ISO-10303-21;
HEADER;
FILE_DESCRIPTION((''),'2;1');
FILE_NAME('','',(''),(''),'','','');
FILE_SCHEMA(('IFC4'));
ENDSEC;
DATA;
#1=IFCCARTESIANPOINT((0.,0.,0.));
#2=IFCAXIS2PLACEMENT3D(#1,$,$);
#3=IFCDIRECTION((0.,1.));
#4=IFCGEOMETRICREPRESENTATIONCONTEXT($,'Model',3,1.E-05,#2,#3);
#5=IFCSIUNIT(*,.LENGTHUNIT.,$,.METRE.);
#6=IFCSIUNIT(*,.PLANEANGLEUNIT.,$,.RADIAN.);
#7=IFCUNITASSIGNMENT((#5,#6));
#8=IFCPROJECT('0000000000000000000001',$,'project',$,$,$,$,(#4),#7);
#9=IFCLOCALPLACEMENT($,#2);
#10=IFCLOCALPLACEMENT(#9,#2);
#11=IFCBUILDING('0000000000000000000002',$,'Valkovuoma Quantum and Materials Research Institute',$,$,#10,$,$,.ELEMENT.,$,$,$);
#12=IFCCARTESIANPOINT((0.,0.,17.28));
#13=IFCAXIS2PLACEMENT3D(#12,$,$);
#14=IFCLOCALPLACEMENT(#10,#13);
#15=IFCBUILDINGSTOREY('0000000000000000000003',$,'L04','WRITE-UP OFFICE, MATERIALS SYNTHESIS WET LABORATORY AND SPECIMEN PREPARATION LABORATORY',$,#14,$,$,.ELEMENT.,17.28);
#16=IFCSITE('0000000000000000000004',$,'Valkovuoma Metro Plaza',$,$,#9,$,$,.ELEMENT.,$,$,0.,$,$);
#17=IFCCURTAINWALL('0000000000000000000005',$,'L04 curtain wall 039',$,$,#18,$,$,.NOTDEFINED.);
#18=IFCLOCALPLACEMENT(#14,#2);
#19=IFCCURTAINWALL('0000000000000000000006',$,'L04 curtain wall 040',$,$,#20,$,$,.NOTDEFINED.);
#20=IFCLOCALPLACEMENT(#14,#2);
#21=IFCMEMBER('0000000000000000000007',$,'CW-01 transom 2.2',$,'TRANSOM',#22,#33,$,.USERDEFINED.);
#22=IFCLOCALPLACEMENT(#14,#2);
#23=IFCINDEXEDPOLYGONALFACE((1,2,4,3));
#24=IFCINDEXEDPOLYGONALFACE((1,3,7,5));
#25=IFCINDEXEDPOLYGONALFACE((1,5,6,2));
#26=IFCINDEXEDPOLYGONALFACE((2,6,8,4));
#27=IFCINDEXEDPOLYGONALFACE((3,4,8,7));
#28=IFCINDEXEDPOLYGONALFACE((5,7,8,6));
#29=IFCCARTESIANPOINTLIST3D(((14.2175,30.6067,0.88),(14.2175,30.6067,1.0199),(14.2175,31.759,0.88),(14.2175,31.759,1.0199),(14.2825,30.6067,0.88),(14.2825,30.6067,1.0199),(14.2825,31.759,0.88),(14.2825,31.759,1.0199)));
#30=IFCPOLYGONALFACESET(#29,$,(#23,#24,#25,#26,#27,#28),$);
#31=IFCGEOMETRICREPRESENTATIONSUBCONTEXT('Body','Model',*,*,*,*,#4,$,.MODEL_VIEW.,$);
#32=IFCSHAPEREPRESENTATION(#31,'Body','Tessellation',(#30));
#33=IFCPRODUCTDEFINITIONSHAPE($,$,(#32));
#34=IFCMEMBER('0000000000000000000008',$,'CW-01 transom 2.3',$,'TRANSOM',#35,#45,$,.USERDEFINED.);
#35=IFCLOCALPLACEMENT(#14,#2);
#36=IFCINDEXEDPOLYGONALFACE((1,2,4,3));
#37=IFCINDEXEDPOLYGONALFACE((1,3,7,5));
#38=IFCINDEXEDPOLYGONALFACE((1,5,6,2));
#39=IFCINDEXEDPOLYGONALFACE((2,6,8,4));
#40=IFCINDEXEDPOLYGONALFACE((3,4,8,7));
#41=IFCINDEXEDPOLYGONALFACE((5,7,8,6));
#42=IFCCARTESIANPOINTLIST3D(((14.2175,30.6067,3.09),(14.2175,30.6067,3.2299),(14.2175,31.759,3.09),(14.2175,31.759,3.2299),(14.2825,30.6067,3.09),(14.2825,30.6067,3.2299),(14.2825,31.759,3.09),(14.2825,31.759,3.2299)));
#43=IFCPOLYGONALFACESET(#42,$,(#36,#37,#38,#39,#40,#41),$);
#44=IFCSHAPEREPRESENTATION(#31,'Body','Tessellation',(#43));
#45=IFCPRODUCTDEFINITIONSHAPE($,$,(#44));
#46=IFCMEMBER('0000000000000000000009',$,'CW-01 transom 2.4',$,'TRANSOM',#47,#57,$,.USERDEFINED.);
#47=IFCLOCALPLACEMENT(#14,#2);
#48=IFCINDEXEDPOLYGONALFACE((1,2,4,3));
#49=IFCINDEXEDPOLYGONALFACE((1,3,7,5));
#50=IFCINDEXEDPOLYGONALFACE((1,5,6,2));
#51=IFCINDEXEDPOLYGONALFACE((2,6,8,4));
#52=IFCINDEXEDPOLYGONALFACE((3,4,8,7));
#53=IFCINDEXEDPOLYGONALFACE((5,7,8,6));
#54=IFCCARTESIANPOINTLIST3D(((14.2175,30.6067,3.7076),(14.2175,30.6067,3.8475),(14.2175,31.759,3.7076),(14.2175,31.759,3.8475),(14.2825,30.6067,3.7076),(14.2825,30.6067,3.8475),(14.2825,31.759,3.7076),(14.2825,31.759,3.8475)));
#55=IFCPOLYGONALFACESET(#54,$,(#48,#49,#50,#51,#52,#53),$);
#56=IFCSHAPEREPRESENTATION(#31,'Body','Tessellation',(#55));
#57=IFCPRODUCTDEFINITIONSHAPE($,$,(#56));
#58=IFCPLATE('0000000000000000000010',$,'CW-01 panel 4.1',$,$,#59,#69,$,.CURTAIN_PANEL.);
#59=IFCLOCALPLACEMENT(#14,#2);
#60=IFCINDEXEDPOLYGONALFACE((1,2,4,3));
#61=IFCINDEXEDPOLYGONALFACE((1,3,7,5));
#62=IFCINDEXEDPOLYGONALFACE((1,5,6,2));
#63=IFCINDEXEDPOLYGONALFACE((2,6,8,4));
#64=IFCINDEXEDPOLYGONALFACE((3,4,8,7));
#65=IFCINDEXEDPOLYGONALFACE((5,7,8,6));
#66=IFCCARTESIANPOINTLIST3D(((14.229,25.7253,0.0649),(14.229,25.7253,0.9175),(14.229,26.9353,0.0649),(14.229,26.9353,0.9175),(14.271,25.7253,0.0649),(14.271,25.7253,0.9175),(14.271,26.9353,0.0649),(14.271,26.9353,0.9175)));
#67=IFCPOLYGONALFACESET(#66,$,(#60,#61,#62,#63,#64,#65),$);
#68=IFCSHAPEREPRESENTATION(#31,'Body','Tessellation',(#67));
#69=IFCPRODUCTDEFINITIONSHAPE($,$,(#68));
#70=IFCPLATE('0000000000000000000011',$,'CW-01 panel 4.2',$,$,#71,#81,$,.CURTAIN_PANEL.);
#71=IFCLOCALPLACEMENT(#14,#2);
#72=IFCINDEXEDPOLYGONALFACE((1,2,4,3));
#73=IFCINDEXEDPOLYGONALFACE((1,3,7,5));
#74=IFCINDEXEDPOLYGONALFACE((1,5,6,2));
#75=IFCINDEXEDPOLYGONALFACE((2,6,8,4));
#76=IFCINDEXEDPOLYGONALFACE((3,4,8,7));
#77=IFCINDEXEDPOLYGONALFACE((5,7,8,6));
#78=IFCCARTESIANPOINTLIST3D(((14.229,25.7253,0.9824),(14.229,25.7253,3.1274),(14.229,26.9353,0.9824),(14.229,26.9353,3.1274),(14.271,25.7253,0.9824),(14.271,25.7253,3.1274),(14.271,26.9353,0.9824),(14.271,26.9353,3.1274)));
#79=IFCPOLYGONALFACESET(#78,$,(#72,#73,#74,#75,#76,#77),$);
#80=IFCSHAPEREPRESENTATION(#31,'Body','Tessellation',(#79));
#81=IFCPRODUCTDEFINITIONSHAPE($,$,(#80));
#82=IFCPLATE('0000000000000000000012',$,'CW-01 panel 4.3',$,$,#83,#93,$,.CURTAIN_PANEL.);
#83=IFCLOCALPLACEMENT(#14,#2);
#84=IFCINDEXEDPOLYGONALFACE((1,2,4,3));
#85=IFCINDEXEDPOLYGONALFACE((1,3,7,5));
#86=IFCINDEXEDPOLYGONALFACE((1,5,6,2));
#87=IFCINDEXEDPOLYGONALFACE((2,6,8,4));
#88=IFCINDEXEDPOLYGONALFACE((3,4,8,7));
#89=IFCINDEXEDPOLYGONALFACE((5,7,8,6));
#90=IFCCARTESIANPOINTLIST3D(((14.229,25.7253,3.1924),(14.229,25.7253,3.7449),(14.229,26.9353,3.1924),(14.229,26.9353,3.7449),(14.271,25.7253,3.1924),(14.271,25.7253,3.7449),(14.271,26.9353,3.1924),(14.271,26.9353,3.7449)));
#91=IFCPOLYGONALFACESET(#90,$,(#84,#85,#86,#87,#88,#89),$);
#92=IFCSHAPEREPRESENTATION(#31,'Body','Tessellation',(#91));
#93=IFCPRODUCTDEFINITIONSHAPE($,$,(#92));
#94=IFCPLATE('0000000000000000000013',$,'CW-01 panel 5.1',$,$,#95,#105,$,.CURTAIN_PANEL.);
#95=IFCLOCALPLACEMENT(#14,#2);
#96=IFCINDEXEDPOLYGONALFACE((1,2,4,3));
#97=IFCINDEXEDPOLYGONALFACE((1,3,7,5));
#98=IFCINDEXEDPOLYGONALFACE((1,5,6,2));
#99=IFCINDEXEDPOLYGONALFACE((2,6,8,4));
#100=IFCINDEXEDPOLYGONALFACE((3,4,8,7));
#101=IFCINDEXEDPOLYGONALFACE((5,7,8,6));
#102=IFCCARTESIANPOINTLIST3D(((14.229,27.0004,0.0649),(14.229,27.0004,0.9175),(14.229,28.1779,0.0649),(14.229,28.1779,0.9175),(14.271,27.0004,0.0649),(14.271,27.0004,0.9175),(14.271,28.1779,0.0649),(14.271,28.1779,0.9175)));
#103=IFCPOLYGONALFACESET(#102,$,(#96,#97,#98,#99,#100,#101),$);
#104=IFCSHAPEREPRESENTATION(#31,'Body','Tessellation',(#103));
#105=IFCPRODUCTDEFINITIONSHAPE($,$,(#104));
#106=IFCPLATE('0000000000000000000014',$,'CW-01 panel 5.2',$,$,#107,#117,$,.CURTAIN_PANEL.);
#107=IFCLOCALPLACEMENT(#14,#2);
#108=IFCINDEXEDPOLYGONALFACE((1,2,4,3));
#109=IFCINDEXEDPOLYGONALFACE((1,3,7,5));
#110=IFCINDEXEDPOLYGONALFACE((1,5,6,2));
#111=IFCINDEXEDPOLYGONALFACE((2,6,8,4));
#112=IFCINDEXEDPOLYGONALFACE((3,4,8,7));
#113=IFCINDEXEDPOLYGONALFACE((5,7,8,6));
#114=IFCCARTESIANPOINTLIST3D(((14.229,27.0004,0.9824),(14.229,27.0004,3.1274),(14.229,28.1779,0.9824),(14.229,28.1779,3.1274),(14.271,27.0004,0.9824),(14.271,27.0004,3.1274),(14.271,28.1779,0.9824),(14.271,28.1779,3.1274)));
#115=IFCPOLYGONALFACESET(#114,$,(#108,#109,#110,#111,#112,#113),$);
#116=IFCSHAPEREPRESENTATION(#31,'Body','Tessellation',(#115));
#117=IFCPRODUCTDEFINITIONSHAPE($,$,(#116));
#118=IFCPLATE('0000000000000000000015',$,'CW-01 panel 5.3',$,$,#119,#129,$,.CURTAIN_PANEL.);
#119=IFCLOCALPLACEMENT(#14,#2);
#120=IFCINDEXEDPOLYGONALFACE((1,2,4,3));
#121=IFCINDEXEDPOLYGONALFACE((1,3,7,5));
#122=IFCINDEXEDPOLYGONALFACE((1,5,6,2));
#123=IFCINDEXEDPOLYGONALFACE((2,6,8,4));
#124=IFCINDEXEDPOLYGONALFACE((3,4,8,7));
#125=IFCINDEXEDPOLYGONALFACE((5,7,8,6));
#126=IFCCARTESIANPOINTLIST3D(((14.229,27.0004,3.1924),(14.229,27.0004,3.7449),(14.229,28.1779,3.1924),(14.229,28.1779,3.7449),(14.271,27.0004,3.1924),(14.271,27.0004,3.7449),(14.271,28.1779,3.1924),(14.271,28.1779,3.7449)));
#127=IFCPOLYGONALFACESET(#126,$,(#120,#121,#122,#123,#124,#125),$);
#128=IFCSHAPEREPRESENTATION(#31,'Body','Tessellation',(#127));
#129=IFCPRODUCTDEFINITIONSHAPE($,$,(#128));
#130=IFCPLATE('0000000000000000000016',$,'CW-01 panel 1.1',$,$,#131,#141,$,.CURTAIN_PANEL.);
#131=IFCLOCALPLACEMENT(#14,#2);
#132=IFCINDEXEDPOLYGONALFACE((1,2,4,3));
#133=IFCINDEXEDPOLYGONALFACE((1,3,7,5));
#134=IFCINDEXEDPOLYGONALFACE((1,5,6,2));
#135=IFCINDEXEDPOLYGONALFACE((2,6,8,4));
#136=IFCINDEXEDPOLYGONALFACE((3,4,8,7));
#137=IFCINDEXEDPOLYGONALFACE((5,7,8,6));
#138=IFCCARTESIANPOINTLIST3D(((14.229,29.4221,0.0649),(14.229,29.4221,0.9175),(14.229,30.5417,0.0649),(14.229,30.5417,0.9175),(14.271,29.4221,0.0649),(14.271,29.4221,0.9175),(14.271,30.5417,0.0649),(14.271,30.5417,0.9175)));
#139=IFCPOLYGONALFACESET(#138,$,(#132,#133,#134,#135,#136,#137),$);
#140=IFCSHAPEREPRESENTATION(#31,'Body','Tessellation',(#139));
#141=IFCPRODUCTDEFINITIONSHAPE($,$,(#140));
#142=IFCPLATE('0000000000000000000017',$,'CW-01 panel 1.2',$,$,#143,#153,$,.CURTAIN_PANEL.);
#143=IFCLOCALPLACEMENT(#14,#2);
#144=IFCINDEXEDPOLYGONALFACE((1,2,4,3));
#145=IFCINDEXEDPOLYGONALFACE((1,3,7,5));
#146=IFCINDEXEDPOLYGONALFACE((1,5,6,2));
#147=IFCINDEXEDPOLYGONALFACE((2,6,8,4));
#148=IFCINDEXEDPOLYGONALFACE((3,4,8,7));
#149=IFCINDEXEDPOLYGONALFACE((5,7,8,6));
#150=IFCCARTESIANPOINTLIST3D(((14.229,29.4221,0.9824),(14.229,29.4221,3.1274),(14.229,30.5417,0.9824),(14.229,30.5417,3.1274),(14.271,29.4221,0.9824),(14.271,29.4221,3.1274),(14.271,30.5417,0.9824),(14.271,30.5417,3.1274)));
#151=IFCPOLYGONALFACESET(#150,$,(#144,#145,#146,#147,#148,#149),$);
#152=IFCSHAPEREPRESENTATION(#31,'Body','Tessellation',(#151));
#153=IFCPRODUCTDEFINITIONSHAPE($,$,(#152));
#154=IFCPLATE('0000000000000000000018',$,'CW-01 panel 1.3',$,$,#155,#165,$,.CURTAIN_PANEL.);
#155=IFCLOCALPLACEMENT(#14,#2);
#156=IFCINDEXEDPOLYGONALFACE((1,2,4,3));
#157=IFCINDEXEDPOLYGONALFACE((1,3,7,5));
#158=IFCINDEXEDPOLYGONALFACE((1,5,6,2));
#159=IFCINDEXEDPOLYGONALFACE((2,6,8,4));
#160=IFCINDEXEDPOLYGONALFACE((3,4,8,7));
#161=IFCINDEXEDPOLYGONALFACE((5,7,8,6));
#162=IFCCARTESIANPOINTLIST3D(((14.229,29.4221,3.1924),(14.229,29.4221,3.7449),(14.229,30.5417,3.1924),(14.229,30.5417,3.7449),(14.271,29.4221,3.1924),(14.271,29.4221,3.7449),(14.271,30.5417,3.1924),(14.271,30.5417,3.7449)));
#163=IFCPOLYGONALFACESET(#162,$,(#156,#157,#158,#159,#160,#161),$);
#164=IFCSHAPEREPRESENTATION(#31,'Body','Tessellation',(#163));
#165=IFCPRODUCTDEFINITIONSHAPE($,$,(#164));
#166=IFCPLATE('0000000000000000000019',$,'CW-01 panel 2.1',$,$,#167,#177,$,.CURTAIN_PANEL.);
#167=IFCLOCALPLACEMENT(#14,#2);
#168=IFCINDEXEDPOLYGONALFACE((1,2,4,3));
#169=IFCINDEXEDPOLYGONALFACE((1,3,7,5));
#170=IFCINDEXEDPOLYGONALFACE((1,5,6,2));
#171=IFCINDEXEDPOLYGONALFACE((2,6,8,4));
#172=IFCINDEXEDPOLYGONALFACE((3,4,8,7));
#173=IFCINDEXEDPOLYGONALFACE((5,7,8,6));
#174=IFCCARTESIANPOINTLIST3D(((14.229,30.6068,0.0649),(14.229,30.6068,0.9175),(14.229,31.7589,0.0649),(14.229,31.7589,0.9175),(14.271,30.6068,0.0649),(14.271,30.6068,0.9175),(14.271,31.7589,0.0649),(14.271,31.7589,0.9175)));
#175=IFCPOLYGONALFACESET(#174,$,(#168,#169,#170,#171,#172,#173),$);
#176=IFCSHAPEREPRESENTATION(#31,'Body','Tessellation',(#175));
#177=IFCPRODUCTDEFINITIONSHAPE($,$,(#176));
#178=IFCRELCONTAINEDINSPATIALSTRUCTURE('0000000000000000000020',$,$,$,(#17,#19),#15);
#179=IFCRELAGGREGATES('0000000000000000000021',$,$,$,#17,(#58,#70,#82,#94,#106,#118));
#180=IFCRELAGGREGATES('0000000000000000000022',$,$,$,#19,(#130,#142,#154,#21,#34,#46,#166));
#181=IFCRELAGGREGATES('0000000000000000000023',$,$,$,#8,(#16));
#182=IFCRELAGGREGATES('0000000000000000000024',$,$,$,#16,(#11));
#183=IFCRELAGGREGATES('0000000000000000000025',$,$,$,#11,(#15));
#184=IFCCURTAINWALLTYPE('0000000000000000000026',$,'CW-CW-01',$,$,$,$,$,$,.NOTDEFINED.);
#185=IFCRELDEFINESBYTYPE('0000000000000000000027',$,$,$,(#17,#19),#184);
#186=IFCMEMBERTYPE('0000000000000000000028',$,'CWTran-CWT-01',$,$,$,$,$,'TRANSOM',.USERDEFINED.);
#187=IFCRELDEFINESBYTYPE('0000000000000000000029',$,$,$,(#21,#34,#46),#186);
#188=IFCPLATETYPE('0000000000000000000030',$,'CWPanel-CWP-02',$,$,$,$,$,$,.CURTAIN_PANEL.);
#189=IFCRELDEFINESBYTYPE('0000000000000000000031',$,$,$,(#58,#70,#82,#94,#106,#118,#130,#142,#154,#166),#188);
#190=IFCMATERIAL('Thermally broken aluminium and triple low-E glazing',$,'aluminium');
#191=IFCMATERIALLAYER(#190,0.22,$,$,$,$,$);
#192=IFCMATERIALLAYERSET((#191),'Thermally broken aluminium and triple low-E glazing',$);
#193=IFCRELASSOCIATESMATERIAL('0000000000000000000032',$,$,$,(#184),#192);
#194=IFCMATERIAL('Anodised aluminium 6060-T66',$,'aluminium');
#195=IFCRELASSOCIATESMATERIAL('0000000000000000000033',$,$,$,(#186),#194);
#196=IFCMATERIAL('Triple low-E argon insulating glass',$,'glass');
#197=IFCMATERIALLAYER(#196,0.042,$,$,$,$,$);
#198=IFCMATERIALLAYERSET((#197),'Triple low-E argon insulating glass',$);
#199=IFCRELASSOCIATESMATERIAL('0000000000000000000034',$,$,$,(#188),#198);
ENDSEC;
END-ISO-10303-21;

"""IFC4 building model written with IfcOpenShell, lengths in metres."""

from ifc_helpers import new_model, si_unit, direction, frame, origin, origin_2d, place, context, subcontext, project, spatial, rectangle, extrude, material, layer, layer_set, material_profile, profile_set, type_object, element, aggregate, save


model = new_model("IFC4")

# Units and contexts
model_context = context("Model", 3, precision=1e-05, world=origin(), true_north=direction((0.0, 1.0)))
body_context = subcontext(model_context, "Body", "Model", "MODEL_VIEW")
ifc_project = project(units=[si_unit("LENGTHUNIT", "METRE"), si_unit("PLANEANGLEUNIT", "RADIAN")], contexts=[model_context])

# Site, building, storey
site_placement = place(None, origin())
site = spatial("IfcSite", under=ifc_project, at=site_placement, Name="Valkovuoma Metro Plaza", CompositionType="ELEMENT", RefElevation=0.0)
building_placement = place(site_placement, origin())
building = spatial("IfcBuilding", under=site, at=building_placement, Name="Valkovuoma Quantum and Materials Research Institute", CompositionType="ELEMENT")
storey_placement = place(building_placement, frame((0.0, 0.0, 17.28)))
storey = spatial("IfcBuildingStorey", under=building, at=storey_placement, Name="L04", Description="WRITE-UP OFFICE, MATERIALS SYNTHESIS WET LABORATORY AND SPECIMEN PREPARATION LABORATORY", CompositionType="ELEMENT", Elevation=17.28)

# Curtain walls
ifc_material_1 = material(Name="Thermally broken aluminium and triple low-E glazing", Category="aluminium")
ifc_layer_1 = layer(ifc_material_1, 0.22)
ifc_layer_set_1 = layer_set([ifc_layer_1], Name="Thermally broken aluminium and triple low-E glazing")
curtain_wall_type = type_object("IfcCurtainWallType", Name="CW-CW-01", PredefinedType="NOTDEFINED", material=ifc_layer_set_1)
curtain_wall_1_placement = place(storey_placement, origin())
curtain_wall_1 = element("IfcCurtainWall", 1, at=curtain_wall_1_placement, inside=storey, type_object=curtain_wall_type, Name="L04 curtain wall 039", PredefinedType="NOTDEFINED")
curtain_wall_2_placement = place(storey_placement, origin())
curtain_wall_2 = element("IfcCurtainWall", 2, at=curtain_wall_2_placement, inside=storey, type_object=curtain_wall_type, Name="L04 curtain wall 040", PredefinedType="NOTDEFINED")

# Members
ifc_material_2 = material(Name="Anodised aluminium 6060-T66", Category="aluminium")
ifc_material_profile_1 = material_profile(ifc_material_2, rectangle(XDim=0.0649, YDim=0.1399, at=origin_2d()), Name="Anodised aluminium 6060-T66")
ifc_profile_set_1 = profile_set([ifc_material_profile_1], Name="Anodised aluminium 6060-T66")
member_type_1 = type_object("IfcMemberType", Name="CWTran-CWT-01", ElementType="TRANSOM", PredefinedType="USERDEFINED", material=ifc_profile_set_1)
member_1_placement = place(storey_placement, frame((14.25, 30.6067, 0.95), z_axis=(0.0, 1.0, 0.0), x_axis=(-1.0, 0.0, 0.0)))
member_1 = element("IfcMember", 3, at=member_1_placement, type_object=member_type_1, Name="CW-01 transom 2.2", ObjectType="TRANSOM", PredefinedType="USERDEFINED", context=body_context, shape_type="SweptSolid", body=[
    extrude(rectangle(XDim=0.0649, YDim=0.1399, at=origin_2d()), origin(), (0.0, 0.0, 1.0), 1.1523),
])
member_2_placement = place(storey_placement, frame((14.25, 30.6067, 3.1599), z_axis=(0.0, 1.0, 0.0), x_axis=(-1.0, 0.0, 0.0)))
member_2 = element("IfcMember", 4, at=member_2_placement, type_object=member_type_1, Name="CW-01 transom 2.3", ObjectType="TRANSOM", PredefinedType="USERDEFINED", context=body_context, shape_type="SweptSolid", body=[
    extrude(rectangle(XDim=0.0649, YDim=0.1399, at=origin_2d()), origin(), (0.0, 0.0, 1.0), 1.1523),
])
member_3_placement = place(storey_placement, frame((14.25, 30.6067, 3.7776), z_axis=(0.0, 1.0, 0.0), x_axis=(-1.0, 0.0, 0.0)))
member_3 = element("IfcMember", 5, at=member_3_placement, type_object=member_type_1, Name="CW-01 transom 2.4", ObjectType="TRANSOM", PredefinedType="USERDEFINED", context=body_context, shape_type="SweptSolid", body=[
    extrude(rectangle(XDim=0.0649, YDim=0.1399, at=origin_2d()), origin(), (0.0, 0.0, 1.0), 1.1523),
])

# Plates
ifc_material_3 = material(Name="Triple low-E argon insulating glass", Category="glass")
ifc_layer_2 = layer(ifc_material_3, 0.042)
ifc_layer_set_2 = layer_set([ifc_layer_2], Name="Triple low-E argon insulating glass")
plate_type = type_object("IfcPlateType", Name="CWPanel-CWP-02", PredefinedType="CURTAIN_PANEL", material=ifc_layer_set_2)
plate_1_placement = place(storey_placement, frame((14.25, 26.3303, 0.0649), z_axis=(0.0, 0.0, 1.0), x_axis=(0.0, 1.0, 0.0)))
plate_1 = element("IfcPlate", 6, at=plate_1_placement, type_object=plate_type, Name="CW-01 panel 4.1", PredefinedType="CURTAIN_PANEL", context=body_context, shape_type="SweptSolid", body=[
    extrude(rectangle(XDim=1.21, YDim=0.042, at=origin_2d()), origin(), (0.0, 0.0, 1.0), 0.8525),
])
plate_2_placement = place(storey_placement, frame((14.25, 26.3303, 0.9824), z_axis=(0.0, 0.0, 1.0), x_axis=(0.0, 1.0, 0.0)))
plate_2 = element("IfcPlate", 7, at=plate_2_placement, type_object=plate_type, Name="CW-01 panel 4.2", PredefinedType="CURTAIN_PANEL", context=body_context, shape_type="SweptSolid", body=[
    extrude(rectangle(XDim=1.21, YDim=0.042, at=origin_2d()), origin(), (0.0, 0.0, 1.0), 2.145),
])
plate_3_placement = place(storey_placement, frame((14.25, 26.3303, 3.1924), z_axis=(0.0, 0.0, 1.0), x_axis=(0.0, 1.0, 0.0)))
plate_3 = element("IfcPlate", 8, at=plate_3_placement, type_object=plate_type, Name="CW-01 panel 4.3", PredefinedType="CURTAIN_PANEL", context=body_context, shape_type="SweptSolid", body=[
    extrude(rectangle(XDim=1.21, YDim=0.042, at=origin_2d()), origin(), (0.0, 0.0, 1.0), 0.5525),
])
plate_4_placement = place(storey_placement, frame((14.25, 27.5891, 0.0649), z_axis=(0.0, 0.0, 1.0), x_axis=(0.0, 1.0, 0.0)))
plate_4 = element("IfcPlate", 9, at=plate_4_placement, type_object=plate_type, Name="CW-01 panel 5.1", PredefinedType="CURTAIN_PANEL", context=body_context, shape_type="SweptSolid", body=[
    extrude(rectangle(XDim=1.1775, YDim=0.042, at=origin_2d()), origin(), (0.0, 0.0, 1.0), 0.8525),
])
plate_5_placement = place(storey_placement, frame((14.25, 27.5891, 0.9824), z_axis=(0.0, 0.0, 1.0), x_axis=(0.0, 1.0, 0.0)))
plate_5 = element("IfcPlate", 10, at=plate_5_placement, type_object=plate_type, Name="CW-01 panel 5.2", PredefinedType="CURTAIN_PANEL", context=body_context, shape_type="SweptSolid", body=[
    extrude(rectangle(XDim=1.1775, YDim=0.042, at=origin_2d()), origin(), (0.0, 0.0, 1.0), 2.145),
])
plate_6_placement = place(storey_placement, frame((14.25, 27.5891, 3.1924), z_axis=(0.0, 0.0, 1.0), x_axis=(0.0, 1.0, 0.0)))
plate_6 = element("IfcPlate", 11, at=plate_6_placement, type_object=plate_type, Name="CW-01 panel 5.3", PredefinedType="CURTAIN_PANEL", context=body_context, shape_type="SweptSolid", body=[
    extrude(rectangle(XDim=1.1775, YDim=0.042, at=origin_2d()), origin(), (0.0, 0.0, 1.0), 0.5525),
])
aggregate(curtain_wall_1, [plate_1, plate_2, plate_3, plate_4, plate_5, plate_6])
plate_7_placement = place(storey_placement, frame((14.25, 29.9819, 0.0649), z_axis=(0.0, 0.0, 1.0), x_axis=(0.0, 1.0, 0.0)))
plate_7 = element("IfcPlate", 12, at=plate_7_placement, type_object=plate_type, Name="CW-01 panel 1.1", PredefinedType="CURTAIN_PANEL", context=body_context, shape_type="SweptSolid", body=[
    extrude(rectangle(XDim=1.1196, YDim=0.042, at=origin_2d()), origin(), (0.0, 0.0, 1.0), 0.8525),
])
plate_8_placement = place(storey_placement, frame((14.25, 29.9819, 0.9824), z_axis=(0.0, 0.0, 1.0), x_axis=(0.0, 1.0, 0.0)))
plate_8 = element("IfcPlate", 13, at=plate_8_placement, type_object=plate_type, Name="CW-01 panel 1.2", PredefinedType="CURTAIN_PANEL", context=body_context, shape_type="SweptSolid", body=[
    extrude(rectangle(XDim=1.1196, YDim=0.042, at=origin_2d()), origin(), (0.0, 0.0, 1.0), 2.145),
])
plate_9_placement = place(storey_placement, frame((14.25, 29.9819, 3.1924), z_axis=(0.0, 0.0, 1.0), x_axis=(0.0, 1.0, 0.0)))
plate_9 = element("IfcPlate", 14, at=plate_9_placement, type_object=plate_type, Name="CW-01 panel 1.3", PredefinedType="CURTAIN_PANEL", context=body_context, shape_type="SweptSolid", body=[
    extrude(rectangle(XDim=1.1196, YDim=0.042, at=origin_2d()), origin(), (0.0, 0.0, 1.0), 0.5525),
])
plate_10_placement = place(storey_placement, frame((14.25, 31.1829, 0.0649), z_axis=(0.0, 0.0, 1.0), x_axis=(0.0, 1.0, 0.0)))
plate_10 = element("IfcPlate", 15, at=plate_10_placement, type_object=plate_type, Name="CW-01 panel 2.1", PredefinedType="CURTAIN_PANEL", context=body_context, shape_type="SweptSolid", body=[
    extrude(rectangle(XDim=1.1521, YDim=0.042, at=origin_2d()), origin(), (0.0, 0.0, 1.0), 0.8525),
])
aggregate(curtain_wall_2, [plate_7, plate_8, plate_9, member_1, member_2, member_3, plate_10])

save(model, "model.ifc")
